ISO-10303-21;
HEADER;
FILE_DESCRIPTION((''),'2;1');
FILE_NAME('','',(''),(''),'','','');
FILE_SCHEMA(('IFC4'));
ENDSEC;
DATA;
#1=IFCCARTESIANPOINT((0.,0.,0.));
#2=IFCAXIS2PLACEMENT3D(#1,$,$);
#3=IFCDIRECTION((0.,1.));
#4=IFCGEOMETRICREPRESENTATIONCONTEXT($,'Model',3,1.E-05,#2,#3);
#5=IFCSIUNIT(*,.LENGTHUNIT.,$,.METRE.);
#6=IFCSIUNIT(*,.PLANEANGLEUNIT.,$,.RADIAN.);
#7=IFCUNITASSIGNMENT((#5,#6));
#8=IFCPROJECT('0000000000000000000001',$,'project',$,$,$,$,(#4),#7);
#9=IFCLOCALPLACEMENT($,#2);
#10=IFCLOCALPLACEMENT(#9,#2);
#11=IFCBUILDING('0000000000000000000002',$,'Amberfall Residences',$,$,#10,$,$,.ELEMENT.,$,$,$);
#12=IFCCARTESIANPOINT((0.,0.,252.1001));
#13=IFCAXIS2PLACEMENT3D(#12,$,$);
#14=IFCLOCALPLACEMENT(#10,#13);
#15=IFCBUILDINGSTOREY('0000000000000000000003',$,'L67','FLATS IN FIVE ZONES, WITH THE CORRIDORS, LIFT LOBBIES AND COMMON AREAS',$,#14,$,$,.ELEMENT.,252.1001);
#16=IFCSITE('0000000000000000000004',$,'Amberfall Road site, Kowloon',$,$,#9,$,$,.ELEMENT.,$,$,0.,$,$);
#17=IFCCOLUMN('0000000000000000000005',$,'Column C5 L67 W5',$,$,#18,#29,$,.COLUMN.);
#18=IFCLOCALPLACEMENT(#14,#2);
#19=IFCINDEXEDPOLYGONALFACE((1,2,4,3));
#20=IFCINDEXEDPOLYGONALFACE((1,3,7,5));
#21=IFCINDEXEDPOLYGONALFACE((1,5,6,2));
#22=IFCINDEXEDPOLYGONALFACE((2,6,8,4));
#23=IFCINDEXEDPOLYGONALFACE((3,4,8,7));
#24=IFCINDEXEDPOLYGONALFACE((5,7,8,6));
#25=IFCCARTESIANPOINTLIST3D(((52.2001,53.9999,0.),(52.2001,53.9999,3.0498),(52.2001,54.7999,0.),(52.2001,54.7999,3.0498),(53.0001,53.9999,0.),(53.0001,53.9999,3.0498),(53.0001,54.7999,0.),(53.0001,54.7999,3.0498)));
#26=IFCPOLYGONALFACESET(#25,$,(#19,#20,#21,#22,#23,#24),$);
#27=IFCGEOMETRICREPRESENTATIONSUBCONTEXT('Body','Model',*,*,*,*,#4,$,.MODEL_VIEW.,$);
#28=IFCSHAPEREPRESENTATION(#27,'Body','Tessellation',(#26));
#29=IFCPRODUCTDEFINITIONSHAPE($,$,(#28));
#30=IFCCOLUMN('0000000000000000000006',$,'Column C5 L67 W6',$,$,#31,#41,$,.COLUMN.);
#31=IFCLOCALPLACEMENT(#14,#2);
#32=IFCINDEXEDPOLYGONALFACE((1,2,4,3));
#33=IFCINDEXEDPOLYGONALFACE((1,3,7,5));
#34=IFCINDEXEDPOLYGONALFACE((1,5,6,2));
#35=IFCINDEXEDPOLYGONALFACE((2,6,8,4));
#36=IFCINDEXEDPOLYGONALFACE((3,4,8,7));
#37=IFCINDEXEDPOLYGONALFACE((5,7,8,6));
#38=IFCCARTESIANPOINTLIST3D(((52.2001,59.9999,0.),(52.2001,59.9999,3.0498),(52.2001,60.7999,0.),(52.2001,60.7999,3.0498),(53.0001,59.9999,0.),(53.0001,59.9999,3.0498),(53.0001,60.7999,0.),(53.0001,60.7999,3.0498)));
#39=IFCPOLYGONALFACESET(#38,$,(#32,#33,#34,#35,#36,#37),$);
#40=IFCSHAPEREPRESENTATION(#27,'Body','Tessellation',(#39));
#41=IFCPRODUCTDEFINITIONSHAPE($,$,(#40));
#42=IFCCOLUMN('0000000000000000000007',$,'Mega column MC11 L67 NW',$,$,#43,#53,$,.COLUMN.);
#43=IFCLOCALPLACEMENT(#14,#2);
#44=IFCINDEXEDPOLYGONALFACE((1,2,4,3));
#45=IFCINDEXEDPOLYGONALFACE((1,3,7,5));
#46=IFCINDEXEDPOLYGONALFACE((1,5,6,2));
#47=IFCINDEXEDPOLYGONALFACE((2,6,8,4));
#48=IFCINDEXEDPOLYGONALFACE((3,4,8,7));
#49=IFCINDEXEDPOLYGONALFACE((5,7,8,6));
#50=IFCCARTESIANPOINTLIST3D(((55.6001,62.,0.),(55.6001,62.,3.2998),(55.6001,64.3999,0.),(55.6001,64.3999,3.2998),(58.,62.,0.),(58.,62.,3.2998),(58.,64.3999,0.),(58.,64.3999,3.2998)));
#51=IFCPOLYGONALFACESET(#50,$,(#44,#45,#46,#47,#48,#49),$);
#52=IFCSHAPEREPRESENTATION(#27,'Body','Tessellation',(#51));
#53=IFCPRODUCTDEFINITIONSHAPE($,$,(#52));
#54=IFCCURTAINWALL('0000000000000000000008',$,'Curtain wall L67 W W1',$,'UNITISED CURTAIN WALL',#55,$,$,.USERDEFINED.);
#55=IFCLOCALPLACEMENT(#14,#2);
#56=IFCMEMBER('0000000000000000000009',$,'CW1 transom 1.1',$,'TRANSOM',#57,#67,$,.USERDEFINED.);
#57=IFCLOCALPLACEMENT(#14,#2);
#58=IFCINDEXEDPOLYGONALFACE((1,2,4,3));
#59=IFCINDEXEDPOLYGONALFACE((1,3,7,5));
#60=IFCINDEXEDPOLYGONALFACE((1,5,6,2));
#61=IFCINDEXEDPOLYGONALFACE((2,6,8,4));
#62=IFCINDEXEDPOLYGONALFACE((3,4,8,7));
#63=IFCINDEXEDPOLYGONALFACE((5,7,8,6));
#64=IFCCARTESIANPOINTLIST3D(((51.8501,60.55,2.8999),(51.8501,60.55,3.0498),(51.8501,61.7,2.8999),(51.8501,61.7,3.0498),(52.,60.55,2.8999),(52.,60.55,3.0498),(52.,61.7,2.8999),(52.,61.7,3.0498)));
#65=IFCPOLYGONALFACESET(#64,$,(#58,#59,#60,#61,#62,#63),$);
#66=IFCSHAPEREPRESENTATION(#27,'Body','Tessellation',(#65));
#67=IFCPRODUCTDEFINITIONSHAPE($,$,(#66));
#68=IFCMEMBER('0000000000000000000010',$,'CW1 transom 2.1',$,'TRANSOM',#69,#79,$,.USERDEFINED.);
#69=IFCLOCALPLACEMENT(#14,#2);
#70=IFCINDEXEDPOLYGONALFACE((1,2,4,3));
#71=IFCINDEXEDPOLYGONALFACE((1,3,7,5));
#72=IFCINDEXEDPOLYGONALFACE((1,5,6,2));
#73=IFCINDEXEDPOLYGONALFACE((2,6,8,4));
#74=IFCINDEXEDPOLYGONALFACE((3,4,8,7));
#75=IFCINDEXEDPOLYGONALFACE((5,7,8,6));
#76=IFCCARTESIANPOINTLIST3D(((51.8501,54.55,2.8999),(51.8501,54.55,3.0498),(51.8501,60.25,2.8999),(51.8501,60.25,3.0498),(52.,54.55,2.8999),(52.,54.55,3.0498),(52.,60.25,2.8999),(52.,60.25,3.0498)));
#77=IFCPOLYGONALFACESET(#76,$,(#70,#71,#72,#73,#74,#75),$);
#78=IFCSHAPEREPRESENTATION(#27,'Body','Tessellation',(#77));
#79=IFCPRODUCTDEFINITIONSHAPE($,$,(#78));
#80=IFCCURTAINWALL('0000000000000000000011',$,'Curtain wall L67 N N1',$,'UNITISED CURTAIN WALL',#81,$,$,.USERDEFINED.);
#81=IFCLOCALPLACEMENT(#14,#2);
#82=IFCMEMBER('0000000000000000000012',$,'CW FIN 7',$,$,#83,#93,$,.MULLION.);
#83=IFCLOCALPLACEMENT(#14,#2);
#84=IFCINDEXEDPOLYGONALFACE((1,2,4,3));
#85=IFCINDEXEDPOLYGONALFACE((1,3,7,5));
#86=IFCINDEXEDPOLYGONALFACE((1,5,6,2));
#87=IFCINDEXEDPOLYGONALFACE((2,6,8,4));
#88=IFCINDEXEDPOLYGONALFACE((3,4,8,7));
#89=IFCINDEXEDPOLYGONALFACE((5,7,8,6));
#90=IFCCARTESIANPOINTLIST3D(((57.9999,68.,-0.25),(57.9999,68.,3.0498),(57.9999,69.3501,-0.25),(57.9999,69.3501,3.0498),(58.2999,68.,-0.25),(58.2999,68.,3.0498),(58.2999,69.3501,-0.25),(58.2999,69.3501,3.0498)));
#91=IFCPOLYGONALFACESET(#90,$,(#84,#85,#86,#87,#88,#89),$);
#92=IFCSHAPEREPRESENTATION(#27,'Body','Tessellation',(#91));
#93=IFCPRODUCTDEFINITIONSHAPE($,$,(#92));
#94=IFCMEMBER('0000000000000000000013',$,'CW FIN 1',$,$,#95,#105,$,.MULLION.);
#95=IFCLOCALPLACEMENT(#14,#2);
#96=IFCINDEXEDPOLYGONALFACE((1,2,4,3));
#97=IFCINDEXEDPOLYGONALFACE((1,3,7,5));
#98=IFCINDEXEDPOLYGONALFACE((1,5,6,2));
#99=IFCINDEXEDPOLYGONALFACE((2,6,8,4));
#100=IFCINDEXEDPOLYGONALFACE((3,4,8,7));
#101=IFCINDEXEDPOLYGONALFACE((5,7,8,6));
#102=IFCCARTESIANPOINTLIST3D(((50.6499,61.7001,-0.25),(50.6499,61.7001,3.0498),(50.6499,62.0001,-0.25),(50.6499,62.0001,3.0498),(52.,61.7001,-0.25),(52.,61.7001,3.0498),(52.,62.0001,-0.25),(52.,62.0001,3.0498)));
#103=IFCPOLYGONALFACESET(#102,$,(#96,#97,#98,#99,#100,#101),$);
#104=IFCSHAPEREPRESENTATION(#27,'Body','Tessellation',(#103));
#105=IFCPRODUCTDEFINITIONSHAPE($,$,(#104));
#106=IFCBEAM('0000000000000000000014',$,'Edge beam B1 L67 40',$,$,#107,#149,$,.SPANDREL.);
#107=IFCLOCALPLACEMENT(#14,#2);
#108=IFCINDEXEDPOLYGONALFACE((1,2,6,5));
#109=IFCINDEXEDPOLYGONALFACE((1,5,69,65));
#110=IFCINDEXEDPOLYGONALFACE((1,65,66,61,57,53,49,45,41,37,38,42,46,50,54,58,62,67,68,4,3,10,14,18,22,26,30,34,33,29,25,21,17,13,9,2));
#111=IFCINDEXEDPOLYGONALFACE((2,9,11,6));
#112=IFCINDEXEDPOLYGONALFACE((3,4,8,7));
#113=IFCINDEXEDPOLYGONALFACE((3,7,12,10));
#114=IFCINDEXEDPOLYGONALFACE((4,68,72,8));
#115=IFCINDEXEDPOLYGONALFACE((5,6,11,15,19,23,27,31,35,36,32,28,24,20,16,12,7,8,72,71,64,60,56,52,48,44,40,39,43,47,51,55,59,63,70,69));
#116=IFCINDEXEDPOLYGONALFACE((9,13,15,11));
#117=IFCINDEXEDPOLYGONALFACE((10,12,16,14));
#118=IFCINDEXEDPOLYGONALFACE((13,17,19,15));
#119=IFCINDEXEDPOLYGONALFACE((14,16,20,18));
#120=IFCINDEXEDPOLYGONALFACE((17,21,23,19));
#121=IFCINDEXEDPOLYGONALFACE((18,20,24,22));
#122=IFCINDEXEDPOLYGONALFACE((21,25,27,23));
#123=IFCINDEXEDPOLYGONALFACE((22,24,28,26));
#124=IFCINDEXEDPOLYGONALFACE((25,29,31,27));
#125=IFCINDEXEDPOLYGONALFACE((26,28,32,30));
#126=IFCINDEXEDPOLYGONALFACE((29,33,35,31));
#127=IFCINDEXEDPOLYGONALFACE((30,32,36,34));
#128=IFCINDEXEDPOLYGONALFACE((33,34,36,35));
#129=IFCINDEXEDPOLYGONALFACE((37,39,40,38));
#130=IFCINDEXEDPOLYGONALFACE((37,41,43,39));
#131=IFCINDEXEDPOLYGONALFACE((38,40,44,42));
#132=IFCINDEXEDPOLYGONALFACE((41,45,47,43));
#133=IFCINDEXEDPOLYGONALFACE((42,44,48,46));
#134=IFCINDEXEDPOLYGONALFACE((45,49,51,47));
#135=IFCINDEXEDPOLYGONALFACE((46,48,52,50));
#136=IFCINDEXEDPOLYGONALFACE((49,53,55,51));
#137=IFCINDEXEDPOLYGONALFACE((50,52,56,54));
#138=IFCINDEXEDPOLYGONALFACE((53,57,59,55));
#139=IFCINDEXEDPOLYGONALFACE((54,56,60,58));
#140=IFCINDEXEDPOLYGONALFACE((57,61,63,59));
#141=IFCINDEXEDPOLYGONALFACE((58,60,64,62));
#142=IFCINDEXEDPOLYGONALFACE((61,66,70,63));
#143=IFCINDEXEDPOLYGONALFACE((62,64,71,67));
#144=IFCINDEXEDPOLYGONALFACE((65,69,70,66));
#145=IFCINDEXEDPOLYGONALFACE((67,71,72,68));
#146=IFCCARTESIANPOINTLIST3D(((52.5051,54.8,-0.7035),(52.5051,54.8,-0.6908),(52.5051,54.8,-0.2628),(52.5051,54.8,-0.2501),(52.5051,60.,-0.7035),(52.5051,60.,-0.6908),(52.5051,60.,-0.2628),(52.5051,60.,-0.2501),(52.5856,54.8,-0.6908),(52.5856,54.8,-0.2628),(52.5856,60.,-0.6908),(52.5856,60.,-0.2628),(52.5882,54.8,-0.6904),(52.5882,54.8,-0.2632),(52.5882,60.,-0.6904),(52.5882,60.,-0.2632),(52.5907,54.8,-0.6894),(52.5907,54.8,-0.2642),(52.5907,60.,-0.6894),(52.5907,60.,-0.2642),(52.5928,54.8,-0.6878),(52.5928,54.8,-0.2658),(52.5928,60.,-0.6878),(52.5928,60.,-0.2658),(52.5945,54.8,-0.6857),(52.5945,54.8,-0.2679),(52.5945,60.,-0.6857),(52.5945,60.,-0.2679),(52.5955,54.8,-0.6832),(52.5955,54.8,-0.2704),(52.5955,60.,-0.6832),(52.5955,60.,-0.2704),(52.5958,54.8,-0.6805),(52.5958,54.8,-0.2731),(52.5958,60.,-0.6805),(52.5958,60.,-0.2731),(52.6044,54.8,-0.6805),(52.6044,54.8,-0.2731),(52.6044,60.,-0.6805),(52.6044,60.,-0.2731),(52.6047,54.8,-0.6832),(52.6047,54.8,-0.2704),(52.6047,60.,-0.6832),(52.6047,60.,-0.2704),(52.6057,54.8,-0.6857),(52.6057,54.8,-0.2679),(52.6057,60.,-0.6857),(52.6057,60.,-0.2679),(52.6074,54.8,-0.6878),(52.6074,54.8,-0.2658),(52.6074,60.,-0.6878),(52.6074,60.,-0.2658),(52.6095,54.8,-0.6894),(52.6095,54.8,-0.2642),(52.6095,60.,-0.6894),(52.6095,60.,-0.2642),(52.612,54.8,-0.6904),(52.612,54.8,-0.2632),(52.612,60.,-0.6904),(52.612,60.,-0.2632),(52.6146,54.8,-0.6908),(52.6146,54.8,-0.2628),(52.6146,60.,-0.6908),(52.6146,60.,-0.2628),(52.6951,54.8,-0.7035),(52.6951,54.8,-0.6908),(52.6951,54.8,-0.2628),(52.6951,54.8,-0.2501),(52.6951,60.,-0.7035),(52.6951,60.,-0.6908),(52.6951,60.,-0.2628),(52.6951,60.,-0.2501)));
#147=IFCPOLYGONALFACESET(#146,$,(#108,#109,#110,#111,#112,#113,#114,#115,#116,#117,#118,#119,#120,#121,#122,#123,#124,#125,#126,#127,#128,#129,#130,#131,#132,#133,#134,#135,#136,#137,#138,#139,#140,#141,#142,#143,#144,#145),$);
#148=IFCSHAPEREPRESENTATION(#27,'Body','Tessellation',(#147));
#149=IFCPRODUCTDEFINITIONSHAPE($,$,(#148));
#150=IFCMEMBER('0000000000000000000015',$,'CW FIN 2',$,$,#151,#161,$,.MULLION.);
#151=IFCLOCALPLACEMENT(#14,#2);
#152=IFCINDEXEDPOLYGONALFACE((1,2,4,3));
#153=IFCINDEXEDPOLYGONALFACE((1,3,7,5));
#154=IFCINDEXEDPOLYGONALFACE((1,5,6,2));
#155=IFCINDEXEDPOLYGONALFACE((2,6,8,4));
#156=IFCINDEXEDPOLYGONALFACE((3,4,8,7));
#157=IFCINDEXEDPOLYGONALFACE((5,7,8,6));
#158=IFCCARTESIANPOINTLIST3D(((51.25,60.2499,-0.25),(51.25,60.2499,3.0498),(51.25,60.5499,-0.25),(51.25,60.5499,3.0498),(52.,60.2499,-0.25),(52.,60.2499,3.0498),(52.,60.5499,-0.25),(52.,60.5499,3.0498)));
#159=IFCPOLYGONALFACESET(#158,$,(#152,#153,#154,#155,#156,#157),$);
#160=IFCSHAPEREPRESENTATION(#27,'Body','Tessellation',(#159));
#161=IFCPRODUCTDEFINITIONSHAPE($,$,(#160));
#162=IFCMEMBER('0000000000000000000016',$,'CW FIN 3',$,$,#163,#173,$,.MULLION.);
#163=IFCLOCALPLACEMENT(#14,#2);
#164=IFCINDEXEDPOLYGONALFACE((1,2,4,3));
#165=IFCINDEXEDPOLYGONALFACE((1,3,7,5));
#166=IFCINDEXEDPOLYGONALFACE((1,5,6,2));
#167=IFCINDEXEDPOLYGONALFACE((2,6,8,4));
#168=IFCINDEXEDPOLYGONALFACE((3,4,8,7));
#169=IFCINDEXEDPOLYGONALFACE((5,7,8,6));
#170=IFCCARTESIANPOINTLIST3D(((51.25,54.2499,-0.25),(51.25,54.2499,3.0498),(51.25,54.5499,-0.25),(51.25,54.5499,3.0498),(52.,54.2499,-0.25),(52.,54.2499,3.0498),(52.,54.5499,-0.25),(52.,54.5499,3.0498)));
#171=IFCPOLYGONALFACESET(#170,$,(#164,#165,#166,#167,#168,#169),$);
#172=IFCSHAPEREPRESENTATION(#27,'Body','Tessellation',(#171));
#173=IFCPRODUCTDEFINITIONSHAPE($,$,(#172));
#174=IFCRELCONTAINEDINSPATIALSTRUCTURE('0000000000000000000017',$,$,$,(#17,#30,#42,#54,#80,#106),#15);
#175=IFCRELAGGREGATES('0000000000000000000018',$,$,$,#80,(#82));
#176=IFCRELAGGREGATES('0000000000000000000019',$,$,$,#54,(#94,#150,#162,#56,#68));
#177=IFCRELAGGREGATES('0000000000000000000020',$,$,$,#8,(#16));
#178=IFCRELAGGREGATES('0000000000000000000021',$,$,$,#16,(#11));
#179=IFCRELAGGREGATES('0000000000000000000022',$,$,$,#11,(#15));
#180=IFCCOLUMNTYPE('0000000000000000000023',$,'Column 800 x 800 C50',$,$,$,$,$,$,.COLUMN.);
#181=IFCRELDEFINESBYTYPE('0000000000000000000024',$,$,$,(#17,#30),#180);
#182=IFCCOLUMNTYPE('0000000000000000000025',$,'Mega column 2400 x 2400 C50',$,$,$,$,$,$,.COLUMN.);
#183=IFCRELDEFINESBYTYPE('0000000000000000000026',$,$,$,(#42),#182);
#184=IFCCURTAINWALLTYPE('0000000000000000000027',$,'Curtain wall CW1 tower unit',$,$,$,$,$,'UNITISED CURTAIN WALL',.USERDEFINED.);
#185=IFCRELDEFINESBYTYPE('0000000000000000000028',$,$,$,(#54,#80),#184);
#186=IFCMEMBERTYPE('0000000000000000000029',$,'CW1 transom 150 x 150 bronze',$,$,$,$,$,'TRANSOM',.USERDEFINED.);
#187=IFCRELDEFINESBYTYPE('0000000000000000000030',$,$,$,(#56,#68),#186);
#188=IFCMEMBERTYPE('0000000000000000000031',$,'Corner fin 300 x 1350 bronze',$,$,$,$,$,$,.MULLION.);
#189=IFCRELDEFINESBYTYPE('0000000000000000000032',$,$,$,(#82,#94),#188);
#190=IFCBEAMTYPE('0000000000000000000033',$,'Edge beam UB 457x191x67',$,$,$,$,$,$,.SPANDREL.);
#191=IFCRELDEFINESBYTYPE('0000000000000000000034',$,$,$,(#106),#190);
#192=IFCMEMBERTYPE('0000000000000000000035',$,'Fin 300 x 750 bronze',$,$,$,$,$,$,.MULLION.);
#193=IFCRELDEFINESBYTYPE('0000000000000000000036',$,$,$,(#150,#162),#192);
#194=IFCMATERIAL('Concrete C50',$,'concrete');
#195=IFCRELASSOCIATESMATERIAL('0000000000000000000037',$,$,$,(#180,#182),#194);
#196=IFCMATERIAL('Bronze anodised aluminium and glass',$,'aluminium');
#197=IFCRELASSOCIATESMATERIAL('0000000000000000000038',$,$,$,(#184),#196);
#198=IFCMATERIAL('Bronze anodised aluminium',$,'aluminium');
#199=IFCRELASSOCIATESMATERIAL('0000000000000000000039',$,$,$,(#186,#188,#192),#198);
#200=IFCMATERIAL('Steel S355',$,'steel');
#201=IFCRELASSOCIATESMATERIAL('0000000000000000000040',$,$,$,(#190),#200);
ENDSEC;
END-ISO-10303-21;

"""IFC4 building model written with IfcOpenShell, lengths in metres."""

from ifc_helpers import new_model, si_unit, direction, frame, origin, origin_2d, place, context, subcontext, project, spatial, rectangle, i_section, extrude, material, material_profile, profile_set, type_object, element, aggregate, save


model = new_model("IFC4")

# Units and contexts
model_context = context("Model", 3, precision=1e-05, world=origin(), true_north=direction((0.0, 1.0)))
body_context = subcontext(model_context, "Body", "Model", "MODEL_VIEW")
ifc_project = project(units=[si_unit("LENGTHUNIT", "METRE"), si_unit("PLANEANGLEUNIT", "RADIAN")], contexts=[model_context])

# Site, building, storey
site_placement = place(None, origin())
site = spatial("IfcSite", under=ifc_project, at=site_placement, Name="Amberfall Road site, Kowloon", CompositionType="ELEMENT", RefElevation=0.0)
building_placement = place(site_placement, origin())
building = spatial("IfcBuilding", under=site, at=building_placement, Name="Amberfall Residences", CompositionType="ELEMENT")
storey_placement = place(building_placement, frame((0.0, 0.0, 252.1001)))
storey = spatial("IfcBuildingStorey", under=building, at=storey_placement, Name="L67", Description="FLATS IN FIVE ZONES, WITH THE CORRIDORS, LIFT LOBBIES AND COMMON AREAS", CompositionType="ELEMENT", Elevation=252.1001)

# Columns
ifc_material_1 = material(Name="Concrete C50", Category="concrete")
ifc_material_profile_1 = material_profile(ifc_material_1, rectangle(XDim=0.8, YDim=0.8, at=origin_2d()), Name="Column 800 x 800 C50")
ifc_profile_set_1 = profile_set([ifc_material_profile_1], Name="Concrete C50")
column_type_1 = type_object("IfcColumnType", Name="Column 800 x 800 C50", PredefinedType="COLUMN", material=ifc_profile_set_1)
for number, where, z_axis, x_axis, name in (
    (1, (52.6001, 54.3999, 0.0), (0.0, 0.0, 1.0), (1.0, 0.0, 0.0), "Column C5 L67 W5"),
    (2, (52.6001, 60.3999, 0.0), (0.0, 0.0, 1.0), (1.0, 0.0, 0.0), "Column C5 L67 W6"),
):
    element("IfcColumn", number, at=place(storey_placement, frame(where, z_axis=z_axis, x_axis=x_axis)), inside=storey, type_object=column_type_1, Name=name, PredefinedType="COLUMN", context=body_context, shape_type="SweptSolid", body=[
        extrude(rectangle(XDim=0.8, YDim=0.8, at=origin_2d()), origin(), (0.0, 0.0, 1.0), 3.0498),
    ])
ifc_material_profile_2 = material_profile(ifc_material_1, rectangle(XDim=2.3999, YDim=2.3999, at=origin_2d()), Name="Mega column 2400 x 2400 C50")
ifc_profile_set_2 = profile_set([ifc_material_profile_2], Name="Concrete C50")
column_type_2 = type_object("IfcColumnType", Name="Mega column 2400 x 2400 C50", PredefinedType="COLUMN", material=ifc_profile_set_2)
column_placement = place(storey_placement, frame((56.8, 63.2, 0.0), z_axis=(0.0, 0.0, 1.0), x_axis=(1.0, 0.0, 0.0)))
element("IfcColumn", 3, at=column_placement, inside=storey, type_object=column_type_2, Name="Mega column MC11 L67 NW", PredefinedType="COLUMN", context=body_context, shape_type="SweptSolid", body=[
    extrude(rectangle(XDim=2.3999, YDim=2.3999, at=origin_2d()), origin(), (0.0, 0.0, 1.0), 3.2998),
])

# Curtain wall, members
ifc_material_2 = material(Name="Bronze anodised aluminium and glass", Category="aluminium")
curtain_wall_type = type_object("IfcCurtainWallType", Name="Curtain wall CW1 tower unit", ElementType="UNITISED CURTAIN WALL", PredefinedType="USERDEFINED", material=ifc_material_2)
curtain_wall_1_placement = place(storey_placement, origin())
curtain_wall_1 = element("IfcCurtainWall", 4, at=curtain_wall_1_placement, inside=storey, type_object=curtain_wall_type, Name="Curtain wall L67 W W1", ObjectType="UNITISED CURTAIN WALL", PredefinedType="USERDEFINED")
ifc_material_3 = material(Name="Bronze anodised aluminium", Category="aluminium")
ifc_material_profile_3 = material_profile(ifc_material_3, rectangle(XDim=0.1499, YDim=0.1499, at=origin_2d()), Name="CW1 transom 150 x 150 bronze")
ifc_profile_set_3 = profile_set([ifc_material_profile_3], Name="Bronze anodised aluminium")
member_type_1 = type_object("IfcMemberType", Name="CW1 transom 150 x 150 bronze", ElementType="TRANSOM", PredefinedType="USERDEFINED", material=ifc_profile_set_3)
member_1_placement = place(storey_placement, frame((51.925, 61.7, 2.9749), z_axis=(0.0, -1.0, 0.0), x_axis=(1.0, 0.0, 0.0)))
member_1 = element("IfcMember", 5, at=member_1_placement, type_object=member_type_1, Name="CW1 transom 1.1", ObjectType="TRANSOM", PredefinedType="USERDEFINED", context=body_context, shape_type="SweptSolid", body=[
    extrude(rectangle(XDim=0.1499, YDim=0.1499, at=origin_2d()), origin(), (0.0, 0.0, 1.0), 1.1499),
])
member_2_placement = place(storey_placement, frame((51.925, 60.25, 2.9749), z_axis=(0.0, -1.0, 0.0), x_axis=(1.0, 0.0, 0.0)))
member_2 = element("IfcMember", 6, at=member_2_placement, type_object=member_type_1, Name="CW1 transom 2.1", ObjectType="TRANSOM", PredefinedType="USERDEFINED", context=body_context, shape_type="SweptSolid", body=[
    extrude(rectangle(XDim=0.1499, YDim=0.1499, at=origin_2d()), origin(), (0.0, 0.0, 1.0), 5.7),
])

# Curtain wall, member
curtain_wall_2_placement = place(storey_placement, origin())
curtain_wall_2 = element("IfcCurtainWall", 7, at=curtain_wall_2_placement, inside=storey, type_object=curtain_wall_type, Name="Curtain wall L67 N N1", ObjectType="UNITISED CURTAIN WALL", PredefinedType="USERDEFINED")
ifc_material_profile_4 = material_profile(ifc_material_3, rectangle(XDim=1.3501, YDim=0.3, at=origin_2d()), Name="Corner fin 300 x 1350 bronze")
ifc_profile_set_4 = profile_set([ifc_material_profile_4], Name="Bronze anodised aluminium")
member_type_2 = type_object("IfcMemberType", Name="Corner fin 300 x 1350 bronze", PredefinedType="MULLION", material=ifc_profile_set_4)
member_3_placement = place(storey_placement, frame((58.1499, 68.675, -0.25), z_axis=(0.0, 0.0, 1.0), x_axis=(0.0, -1.0, 0.0)))
member_3 = element("IfcMember", 8, at=member_3_placement, type_object=member_type_2, Name="CW FIN 7", PredefinedType="MULLION", context=body_context, shape_type="SweptSolid", body=[
    extrude(rectangle(XDim=1.3501, YDim=0.3, at=origin_2d()), origin(), (0.0, 0.0, 1.0), 3.2998),
])
aggregate(curtain_wall_2, [member_3])

# Member
member_4_placement = place(storey_placement, frame((51.325, 61.8501, -0.25), z_axis=(0.0, 0.0, 1.0), x_axis=(1.0, 0.0, 0.0)))
member_4 = element("IfcMember", 9, at=member_4_placement, type_object=member_type_2, Name="CW FIN 1", PredefinedType="MULLION", context=body_context, shape_type="SweptSolid", body=[
    extrude(rectangle(XDim=1.3501, YDim=0.3, at=origin_2d()), origin(), (0.0, 0.0, 1.0), 3.2998),
])

# Beam
ifc_material_4 = material(Name="Steel S355", Category="steel")
ifc_material_profile_5 = material_profile(ifc_material_4, i_section(OverallWidth=0.1899, OverallDepth=0.4534, WebThickness=0.0085, FlangeThickness=0.0127, FilletRadius=0.0103, at=origin_2d()), Name="UB 457x191x67")
ifc_profile_set_5 = profile_set([ifc_material_profile_5], Name="Steel S355")
beam_type_1 = type_object("IfcBeamType", Name="Edge beam UB 457x191x67", PredefinedType="SPANDREL", material=ifc_profile_set_5)
beam_1_placement = place(storey_placement, frame((52.6001, 54.8, -0.4768), z_axis=(0.0, 1.0, 0.0), x_axis=(-1.0, 0.0, 0.0)))
element("IfcBeam", 10, at=beam_1_placement, inside=storey, type_object=beam_type_1, Name="Edge beam B1 L67 40", PredefinedType="SPANDREL", context=body_context, shape_type="SweptSolid", body=[
    extrude(i_section(OverallWidth=0.1899, OverallDepth=0.4534, WebThickness=0.0085, FlangeThickness=0.0127, FilletRadius=0.0103, at=origin_2d()), origin(), (0.0, 0.0, 1.0), 5.2),
])

# Members
ifc_material_profile_6 = material_profile(ifc_material_3, rectangle(XDim=0.75, YDim=0.3, at=origin_2d()), Name="Fin 300 x 750 bronze")
ifc_profile_set_6 = profile_set([ifc_material_profile_6], Name="Bronze anodised aluminium")
member_type_3 = type_object("IfcMemberType", Name="Fin 300 x 750 bronze", PredefinedType="MULLION", material=ifc_profile_set_6)
member_5_placement = place(storey_placement, frame((51.625, 60.3999, -0.25), z_axis=(0.0, 0.0, 1.0), x_axis=(1.0, 0.0, 0.0)))
member_5 = element("IfcMember", 11, at=member_5_placement, type_object=member_type_3, Name="CW FIN 2", PredefinedType="MULLION", context=body_context, shape_type="SweptSolid", body=[
    extrude(rectangle(XDim=0.75, YDim=0.3, at=origin_2d()), origin(), (0.0, 0.0, 1.0), 3.2998),
])
member_6_placement = place(storey_placement, frame((51.625, 54.3999, -0.25), z_axis=(0.0, 0.0, 1.0), x_axis=(1.0, 0.0, 0.0)))
member_6 = element("IfcMember", 12, at=member_6_placement, type_object=member_type_3, Name="CW FIN 3", PredefinedType="MULLION", context=body_context, shape_type="SweptSolid", body=[
    extrude(rectangle(XDim=0.75, YDim=0.3, at=origin_2d()), origin(), (0.0, 0.0, 1.0), 3.2998),
])

aggregate(curtain_wall_1, [member_4, member_5, member_6, member_1, member_2])

save(model, "model.ifc")
